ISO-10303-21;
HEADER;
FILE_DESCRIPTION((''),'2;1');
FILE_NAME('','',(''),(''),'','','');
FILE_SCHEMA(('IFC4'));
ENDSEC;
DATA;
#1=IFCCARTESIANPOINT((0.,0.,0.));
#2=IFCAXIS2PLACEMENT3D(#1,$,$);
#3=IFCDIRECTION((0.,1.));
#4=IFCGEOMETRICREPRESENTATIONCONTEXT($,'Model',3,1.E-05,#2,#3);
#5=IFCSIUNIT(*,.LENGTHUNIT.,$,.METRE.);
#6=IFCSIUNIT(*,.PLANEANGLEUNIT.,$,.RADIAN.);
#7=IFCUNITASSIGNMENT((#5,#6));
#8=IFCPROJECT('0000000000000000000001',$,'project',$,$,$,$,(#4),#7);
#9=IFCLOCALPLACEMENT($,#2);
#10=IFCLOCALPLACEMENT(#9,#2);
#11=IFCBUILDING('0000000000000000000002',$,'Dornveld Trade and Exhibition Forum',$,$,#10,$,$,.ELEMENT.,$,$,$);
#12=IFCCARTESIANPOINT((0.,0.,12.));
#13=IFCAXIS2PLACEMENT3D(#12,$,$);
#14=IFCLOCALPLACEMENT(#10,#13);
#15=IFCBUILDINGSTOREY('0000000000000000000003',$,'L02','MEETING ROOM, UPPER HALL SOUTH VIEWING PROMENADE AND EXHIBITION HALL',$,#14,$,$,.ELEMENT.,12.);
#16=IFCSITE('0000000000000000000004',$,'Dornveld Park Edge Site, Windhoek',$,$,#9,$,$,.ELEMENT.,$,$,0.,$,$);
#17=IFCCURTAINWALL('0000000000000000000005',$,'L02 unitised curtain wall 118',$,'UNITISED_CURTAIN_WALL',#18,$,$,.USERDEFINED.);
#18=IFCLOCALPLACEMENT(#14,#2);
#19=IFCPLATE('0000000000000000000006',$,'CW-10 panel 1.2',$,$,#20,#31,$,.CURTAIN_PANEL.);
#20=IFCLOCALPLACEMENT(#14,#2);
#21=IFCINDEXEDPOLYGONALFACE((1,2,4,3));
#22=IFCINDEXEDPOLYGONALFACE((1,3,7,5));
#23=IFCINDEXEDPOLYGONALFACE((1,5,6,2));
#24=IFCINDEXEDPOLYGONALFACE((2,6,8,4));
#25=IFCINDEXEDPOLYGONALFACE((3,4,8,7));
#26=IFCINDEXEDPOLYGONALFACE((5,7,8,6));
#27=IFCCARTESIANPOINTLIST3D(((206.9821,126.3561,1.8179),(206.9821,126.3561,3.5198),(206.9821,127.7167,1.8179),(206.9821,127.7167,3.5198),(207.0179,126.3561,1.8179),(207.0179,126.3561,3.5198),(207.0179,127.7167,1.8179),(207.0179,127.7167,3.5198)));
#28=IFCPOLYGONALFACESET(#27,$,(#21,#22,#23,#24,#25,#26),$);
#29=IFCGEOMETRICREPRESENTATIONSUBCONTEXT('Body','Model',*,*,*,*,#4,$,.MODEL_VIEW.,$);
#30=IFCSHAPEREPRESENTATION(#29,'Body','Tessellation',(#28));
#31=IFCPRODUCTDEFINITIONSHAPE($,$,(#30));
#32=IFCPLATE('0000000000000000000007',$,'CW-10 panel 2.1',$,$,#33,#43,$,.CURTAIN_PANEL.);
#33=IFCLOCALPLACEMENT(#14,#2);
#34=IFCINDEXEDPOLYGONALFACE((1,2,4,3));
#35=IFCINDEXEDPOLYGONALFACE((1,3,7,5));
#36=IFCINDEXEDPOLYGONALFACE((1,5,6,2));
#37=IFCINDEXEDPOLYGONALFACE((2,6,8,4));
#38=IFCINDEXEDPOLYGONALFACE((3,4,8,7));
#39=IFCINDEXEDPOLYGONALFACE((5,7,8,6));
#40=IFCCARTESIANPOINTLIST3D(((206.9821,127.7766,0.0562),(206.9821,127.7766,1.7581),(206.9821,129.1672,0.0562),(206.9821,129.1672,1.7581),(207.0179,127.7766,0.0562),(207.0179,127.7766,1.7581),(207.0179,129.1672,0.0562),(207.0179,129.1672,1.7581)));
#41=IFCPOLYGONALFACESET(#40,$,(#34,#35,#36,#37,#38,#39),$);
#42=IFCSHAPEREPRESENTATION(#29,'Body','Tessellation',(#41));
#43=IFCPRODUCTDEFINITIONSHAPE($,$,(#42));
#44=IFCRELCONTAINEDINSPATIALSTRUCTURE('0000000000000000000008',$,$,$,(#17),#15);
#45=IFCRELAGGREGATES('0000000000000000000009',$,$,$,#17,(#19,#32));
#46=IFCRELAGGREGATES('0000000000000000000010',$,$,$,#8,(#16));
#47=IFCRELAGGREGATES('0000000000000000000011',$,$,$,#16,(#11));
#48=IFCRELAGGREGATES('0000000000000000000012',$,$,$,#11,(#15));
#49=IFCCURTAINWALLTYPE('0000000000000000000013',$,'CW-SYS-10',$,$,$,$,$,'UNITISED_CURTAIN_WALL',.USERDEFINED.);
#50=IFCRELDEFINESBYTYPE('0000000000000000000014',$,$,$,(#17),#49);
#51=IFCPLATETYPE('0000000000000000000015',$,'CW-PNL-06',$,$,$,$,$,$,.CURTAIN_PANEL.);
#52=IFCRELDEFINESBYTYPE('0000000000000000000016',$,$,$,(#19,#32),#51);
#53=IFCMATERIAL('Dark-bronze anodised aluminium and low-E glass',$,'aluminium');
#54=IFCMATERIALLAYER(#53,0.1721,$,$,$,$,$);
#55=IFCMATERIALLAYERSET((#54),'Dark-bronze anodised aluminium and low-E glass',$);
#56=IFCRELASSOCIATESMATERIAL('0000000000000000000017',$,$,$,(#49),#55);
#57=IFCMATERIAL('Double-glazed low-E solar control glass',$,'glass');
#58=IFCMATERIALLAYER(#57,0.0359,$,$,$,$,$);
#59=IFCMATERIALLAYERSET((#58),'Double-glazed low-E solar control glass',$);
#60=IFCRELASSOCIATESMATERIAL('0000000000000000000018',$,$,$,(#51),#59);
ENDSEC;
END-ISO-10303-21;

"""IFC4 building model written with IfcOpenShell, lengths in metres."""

from ifc_helpers import new_model, si_unit, direction, frame, origin, origin_2d, place, context, subcontext, project, spatial, rectangle, extrude, material, layer, layer_set, type_object, element, aggregate, save


model = new_model("IFC4")

# Units and contexts
model_context = context("Model", 3, precision=1e-05, world=origin(), true_north=direction((0.0, 1.0)))
body_context = subcontext(model_context, "Body", "Model", "MODEL_VIEW")
ifc_project = project(units=[si_unit("LENGTHUNIT", "METRE"), si_unit("PLANEANGLEUNIT", "RADIAN")], contexts=[model_context])

# Site, building, storey
site_placement = place(None, origin())
site = spatial("IfcSite", under=ifc_project, at=site_placement, Name="Dornveld Park Edge Site, Windhoek", CompositionType="ELEMENT", RefElevation=0.0)
building_placement = place(site_placement, origin())
building = spatial("IfcBuilding", under=site, at=building_placement, Name="Dornveld Trade and Exhibition Forum", CompositionType="ELEMENT")
storey_placement = place(building_placement, frame((0.0, 0.0, 12.0)))
storey = spatial("IfcBuildingStorey", under=building, at=storey_placement, Name="L02", Description="MEETING ROOM, UPPER HALL SOUTH VIEWING PROMENADE AND EXHIBITION HALL", CompositionType="ELEMENT", Elevation=12.0)

# Curtain wall
ifc_material_1 = material(Name="Dark-bronze anodised aluminium and low-E glass", Category="aluminium")
ifc_layer_1 = layer(ifc_material_1, 0.1721)
ifc_layer_set_1 = layer_set([ifc_layer_1], Name="Dark-bronze anodised aluminium and low-E glass")
curtain_wall_type_1 = type_object("IfcCurtainWallType", Name="CW-SYS-10", ElementType="UNITISED_CURTAIN_WALL", PredefinedType="USERDEFINED", material=ifc_layer_set_1)
curtain_wall_1_placement = place(storey_placement, origin())
curtain_wall_1 = element("IfcCurtainWall", 1, at=curtain_wall_1_placement, inside=storey, type_object=curtain_wall_type_1, Name="L02 unitised curtain wall 118", ObjectType="UNITISED_CURTAIN_WALL", PredefinedType="USERDEFINED")

# Plates
ifc_material_2 = material(Name="Double-glazed low-E solar control glass", Category="glass")
ifc_layer_2 = layer(ifc_material_2, 0.0359)
ifc_layer_set_2 = layer_set([ifc_layer_2], Name="Double-glazed low-E solar control glass")
plate_type_1 = type_object("IfcPlateType", Name="CW-PNL-06", PredefinedType="CURTAIN_PANEL", material=ifc_layer_set_2)
plate_1_placement = place(storey_placement, frame((207.0, 127.0364, 1.8179), z_axis=(0.0, 0.0, 1.0), x_axis=(0.0, 1.0, 0.0)))
plate_1 = element("IfcPlate", 2, at=plate_1_placement, type_object=plate_type_1, Name="CW-10 panel 1.2", PredefinedType="CURTAIN_PANEL", context=body_context, shape_type="SweptSolid", body=[
    extrude(rectangle(XDim=1.3606, YDim=0.0359, at=origin_2d()), origin(), (0.0, 0.0, 1.0), 1.7019),
])
plate_2_placement = place(storey_placement, frame((207.0, 128.4719, 0.0562), z_axis=(0.0, 0.0, 1.0), x_axis=(0.0, 1.0, 0.0)))
plate_2 = element("IfcPlate", 3, at=plate_2_placement, type_object=plate_type_1, Name="CW-10 panel 2.1", PredefinedType="CURTAIN_PANEL", context=body_context, shape_type="SweptSolid", body=[
    extrude(rectangle(XDim=1.3906, YDim=0.0359, at=origin_2d()), origin(), (0.0, 0.0, 1.0), 1.7019),
])
aggregate(curtain_wall_1, [plate_1, plate_2])

save(model, "model.ifc")
